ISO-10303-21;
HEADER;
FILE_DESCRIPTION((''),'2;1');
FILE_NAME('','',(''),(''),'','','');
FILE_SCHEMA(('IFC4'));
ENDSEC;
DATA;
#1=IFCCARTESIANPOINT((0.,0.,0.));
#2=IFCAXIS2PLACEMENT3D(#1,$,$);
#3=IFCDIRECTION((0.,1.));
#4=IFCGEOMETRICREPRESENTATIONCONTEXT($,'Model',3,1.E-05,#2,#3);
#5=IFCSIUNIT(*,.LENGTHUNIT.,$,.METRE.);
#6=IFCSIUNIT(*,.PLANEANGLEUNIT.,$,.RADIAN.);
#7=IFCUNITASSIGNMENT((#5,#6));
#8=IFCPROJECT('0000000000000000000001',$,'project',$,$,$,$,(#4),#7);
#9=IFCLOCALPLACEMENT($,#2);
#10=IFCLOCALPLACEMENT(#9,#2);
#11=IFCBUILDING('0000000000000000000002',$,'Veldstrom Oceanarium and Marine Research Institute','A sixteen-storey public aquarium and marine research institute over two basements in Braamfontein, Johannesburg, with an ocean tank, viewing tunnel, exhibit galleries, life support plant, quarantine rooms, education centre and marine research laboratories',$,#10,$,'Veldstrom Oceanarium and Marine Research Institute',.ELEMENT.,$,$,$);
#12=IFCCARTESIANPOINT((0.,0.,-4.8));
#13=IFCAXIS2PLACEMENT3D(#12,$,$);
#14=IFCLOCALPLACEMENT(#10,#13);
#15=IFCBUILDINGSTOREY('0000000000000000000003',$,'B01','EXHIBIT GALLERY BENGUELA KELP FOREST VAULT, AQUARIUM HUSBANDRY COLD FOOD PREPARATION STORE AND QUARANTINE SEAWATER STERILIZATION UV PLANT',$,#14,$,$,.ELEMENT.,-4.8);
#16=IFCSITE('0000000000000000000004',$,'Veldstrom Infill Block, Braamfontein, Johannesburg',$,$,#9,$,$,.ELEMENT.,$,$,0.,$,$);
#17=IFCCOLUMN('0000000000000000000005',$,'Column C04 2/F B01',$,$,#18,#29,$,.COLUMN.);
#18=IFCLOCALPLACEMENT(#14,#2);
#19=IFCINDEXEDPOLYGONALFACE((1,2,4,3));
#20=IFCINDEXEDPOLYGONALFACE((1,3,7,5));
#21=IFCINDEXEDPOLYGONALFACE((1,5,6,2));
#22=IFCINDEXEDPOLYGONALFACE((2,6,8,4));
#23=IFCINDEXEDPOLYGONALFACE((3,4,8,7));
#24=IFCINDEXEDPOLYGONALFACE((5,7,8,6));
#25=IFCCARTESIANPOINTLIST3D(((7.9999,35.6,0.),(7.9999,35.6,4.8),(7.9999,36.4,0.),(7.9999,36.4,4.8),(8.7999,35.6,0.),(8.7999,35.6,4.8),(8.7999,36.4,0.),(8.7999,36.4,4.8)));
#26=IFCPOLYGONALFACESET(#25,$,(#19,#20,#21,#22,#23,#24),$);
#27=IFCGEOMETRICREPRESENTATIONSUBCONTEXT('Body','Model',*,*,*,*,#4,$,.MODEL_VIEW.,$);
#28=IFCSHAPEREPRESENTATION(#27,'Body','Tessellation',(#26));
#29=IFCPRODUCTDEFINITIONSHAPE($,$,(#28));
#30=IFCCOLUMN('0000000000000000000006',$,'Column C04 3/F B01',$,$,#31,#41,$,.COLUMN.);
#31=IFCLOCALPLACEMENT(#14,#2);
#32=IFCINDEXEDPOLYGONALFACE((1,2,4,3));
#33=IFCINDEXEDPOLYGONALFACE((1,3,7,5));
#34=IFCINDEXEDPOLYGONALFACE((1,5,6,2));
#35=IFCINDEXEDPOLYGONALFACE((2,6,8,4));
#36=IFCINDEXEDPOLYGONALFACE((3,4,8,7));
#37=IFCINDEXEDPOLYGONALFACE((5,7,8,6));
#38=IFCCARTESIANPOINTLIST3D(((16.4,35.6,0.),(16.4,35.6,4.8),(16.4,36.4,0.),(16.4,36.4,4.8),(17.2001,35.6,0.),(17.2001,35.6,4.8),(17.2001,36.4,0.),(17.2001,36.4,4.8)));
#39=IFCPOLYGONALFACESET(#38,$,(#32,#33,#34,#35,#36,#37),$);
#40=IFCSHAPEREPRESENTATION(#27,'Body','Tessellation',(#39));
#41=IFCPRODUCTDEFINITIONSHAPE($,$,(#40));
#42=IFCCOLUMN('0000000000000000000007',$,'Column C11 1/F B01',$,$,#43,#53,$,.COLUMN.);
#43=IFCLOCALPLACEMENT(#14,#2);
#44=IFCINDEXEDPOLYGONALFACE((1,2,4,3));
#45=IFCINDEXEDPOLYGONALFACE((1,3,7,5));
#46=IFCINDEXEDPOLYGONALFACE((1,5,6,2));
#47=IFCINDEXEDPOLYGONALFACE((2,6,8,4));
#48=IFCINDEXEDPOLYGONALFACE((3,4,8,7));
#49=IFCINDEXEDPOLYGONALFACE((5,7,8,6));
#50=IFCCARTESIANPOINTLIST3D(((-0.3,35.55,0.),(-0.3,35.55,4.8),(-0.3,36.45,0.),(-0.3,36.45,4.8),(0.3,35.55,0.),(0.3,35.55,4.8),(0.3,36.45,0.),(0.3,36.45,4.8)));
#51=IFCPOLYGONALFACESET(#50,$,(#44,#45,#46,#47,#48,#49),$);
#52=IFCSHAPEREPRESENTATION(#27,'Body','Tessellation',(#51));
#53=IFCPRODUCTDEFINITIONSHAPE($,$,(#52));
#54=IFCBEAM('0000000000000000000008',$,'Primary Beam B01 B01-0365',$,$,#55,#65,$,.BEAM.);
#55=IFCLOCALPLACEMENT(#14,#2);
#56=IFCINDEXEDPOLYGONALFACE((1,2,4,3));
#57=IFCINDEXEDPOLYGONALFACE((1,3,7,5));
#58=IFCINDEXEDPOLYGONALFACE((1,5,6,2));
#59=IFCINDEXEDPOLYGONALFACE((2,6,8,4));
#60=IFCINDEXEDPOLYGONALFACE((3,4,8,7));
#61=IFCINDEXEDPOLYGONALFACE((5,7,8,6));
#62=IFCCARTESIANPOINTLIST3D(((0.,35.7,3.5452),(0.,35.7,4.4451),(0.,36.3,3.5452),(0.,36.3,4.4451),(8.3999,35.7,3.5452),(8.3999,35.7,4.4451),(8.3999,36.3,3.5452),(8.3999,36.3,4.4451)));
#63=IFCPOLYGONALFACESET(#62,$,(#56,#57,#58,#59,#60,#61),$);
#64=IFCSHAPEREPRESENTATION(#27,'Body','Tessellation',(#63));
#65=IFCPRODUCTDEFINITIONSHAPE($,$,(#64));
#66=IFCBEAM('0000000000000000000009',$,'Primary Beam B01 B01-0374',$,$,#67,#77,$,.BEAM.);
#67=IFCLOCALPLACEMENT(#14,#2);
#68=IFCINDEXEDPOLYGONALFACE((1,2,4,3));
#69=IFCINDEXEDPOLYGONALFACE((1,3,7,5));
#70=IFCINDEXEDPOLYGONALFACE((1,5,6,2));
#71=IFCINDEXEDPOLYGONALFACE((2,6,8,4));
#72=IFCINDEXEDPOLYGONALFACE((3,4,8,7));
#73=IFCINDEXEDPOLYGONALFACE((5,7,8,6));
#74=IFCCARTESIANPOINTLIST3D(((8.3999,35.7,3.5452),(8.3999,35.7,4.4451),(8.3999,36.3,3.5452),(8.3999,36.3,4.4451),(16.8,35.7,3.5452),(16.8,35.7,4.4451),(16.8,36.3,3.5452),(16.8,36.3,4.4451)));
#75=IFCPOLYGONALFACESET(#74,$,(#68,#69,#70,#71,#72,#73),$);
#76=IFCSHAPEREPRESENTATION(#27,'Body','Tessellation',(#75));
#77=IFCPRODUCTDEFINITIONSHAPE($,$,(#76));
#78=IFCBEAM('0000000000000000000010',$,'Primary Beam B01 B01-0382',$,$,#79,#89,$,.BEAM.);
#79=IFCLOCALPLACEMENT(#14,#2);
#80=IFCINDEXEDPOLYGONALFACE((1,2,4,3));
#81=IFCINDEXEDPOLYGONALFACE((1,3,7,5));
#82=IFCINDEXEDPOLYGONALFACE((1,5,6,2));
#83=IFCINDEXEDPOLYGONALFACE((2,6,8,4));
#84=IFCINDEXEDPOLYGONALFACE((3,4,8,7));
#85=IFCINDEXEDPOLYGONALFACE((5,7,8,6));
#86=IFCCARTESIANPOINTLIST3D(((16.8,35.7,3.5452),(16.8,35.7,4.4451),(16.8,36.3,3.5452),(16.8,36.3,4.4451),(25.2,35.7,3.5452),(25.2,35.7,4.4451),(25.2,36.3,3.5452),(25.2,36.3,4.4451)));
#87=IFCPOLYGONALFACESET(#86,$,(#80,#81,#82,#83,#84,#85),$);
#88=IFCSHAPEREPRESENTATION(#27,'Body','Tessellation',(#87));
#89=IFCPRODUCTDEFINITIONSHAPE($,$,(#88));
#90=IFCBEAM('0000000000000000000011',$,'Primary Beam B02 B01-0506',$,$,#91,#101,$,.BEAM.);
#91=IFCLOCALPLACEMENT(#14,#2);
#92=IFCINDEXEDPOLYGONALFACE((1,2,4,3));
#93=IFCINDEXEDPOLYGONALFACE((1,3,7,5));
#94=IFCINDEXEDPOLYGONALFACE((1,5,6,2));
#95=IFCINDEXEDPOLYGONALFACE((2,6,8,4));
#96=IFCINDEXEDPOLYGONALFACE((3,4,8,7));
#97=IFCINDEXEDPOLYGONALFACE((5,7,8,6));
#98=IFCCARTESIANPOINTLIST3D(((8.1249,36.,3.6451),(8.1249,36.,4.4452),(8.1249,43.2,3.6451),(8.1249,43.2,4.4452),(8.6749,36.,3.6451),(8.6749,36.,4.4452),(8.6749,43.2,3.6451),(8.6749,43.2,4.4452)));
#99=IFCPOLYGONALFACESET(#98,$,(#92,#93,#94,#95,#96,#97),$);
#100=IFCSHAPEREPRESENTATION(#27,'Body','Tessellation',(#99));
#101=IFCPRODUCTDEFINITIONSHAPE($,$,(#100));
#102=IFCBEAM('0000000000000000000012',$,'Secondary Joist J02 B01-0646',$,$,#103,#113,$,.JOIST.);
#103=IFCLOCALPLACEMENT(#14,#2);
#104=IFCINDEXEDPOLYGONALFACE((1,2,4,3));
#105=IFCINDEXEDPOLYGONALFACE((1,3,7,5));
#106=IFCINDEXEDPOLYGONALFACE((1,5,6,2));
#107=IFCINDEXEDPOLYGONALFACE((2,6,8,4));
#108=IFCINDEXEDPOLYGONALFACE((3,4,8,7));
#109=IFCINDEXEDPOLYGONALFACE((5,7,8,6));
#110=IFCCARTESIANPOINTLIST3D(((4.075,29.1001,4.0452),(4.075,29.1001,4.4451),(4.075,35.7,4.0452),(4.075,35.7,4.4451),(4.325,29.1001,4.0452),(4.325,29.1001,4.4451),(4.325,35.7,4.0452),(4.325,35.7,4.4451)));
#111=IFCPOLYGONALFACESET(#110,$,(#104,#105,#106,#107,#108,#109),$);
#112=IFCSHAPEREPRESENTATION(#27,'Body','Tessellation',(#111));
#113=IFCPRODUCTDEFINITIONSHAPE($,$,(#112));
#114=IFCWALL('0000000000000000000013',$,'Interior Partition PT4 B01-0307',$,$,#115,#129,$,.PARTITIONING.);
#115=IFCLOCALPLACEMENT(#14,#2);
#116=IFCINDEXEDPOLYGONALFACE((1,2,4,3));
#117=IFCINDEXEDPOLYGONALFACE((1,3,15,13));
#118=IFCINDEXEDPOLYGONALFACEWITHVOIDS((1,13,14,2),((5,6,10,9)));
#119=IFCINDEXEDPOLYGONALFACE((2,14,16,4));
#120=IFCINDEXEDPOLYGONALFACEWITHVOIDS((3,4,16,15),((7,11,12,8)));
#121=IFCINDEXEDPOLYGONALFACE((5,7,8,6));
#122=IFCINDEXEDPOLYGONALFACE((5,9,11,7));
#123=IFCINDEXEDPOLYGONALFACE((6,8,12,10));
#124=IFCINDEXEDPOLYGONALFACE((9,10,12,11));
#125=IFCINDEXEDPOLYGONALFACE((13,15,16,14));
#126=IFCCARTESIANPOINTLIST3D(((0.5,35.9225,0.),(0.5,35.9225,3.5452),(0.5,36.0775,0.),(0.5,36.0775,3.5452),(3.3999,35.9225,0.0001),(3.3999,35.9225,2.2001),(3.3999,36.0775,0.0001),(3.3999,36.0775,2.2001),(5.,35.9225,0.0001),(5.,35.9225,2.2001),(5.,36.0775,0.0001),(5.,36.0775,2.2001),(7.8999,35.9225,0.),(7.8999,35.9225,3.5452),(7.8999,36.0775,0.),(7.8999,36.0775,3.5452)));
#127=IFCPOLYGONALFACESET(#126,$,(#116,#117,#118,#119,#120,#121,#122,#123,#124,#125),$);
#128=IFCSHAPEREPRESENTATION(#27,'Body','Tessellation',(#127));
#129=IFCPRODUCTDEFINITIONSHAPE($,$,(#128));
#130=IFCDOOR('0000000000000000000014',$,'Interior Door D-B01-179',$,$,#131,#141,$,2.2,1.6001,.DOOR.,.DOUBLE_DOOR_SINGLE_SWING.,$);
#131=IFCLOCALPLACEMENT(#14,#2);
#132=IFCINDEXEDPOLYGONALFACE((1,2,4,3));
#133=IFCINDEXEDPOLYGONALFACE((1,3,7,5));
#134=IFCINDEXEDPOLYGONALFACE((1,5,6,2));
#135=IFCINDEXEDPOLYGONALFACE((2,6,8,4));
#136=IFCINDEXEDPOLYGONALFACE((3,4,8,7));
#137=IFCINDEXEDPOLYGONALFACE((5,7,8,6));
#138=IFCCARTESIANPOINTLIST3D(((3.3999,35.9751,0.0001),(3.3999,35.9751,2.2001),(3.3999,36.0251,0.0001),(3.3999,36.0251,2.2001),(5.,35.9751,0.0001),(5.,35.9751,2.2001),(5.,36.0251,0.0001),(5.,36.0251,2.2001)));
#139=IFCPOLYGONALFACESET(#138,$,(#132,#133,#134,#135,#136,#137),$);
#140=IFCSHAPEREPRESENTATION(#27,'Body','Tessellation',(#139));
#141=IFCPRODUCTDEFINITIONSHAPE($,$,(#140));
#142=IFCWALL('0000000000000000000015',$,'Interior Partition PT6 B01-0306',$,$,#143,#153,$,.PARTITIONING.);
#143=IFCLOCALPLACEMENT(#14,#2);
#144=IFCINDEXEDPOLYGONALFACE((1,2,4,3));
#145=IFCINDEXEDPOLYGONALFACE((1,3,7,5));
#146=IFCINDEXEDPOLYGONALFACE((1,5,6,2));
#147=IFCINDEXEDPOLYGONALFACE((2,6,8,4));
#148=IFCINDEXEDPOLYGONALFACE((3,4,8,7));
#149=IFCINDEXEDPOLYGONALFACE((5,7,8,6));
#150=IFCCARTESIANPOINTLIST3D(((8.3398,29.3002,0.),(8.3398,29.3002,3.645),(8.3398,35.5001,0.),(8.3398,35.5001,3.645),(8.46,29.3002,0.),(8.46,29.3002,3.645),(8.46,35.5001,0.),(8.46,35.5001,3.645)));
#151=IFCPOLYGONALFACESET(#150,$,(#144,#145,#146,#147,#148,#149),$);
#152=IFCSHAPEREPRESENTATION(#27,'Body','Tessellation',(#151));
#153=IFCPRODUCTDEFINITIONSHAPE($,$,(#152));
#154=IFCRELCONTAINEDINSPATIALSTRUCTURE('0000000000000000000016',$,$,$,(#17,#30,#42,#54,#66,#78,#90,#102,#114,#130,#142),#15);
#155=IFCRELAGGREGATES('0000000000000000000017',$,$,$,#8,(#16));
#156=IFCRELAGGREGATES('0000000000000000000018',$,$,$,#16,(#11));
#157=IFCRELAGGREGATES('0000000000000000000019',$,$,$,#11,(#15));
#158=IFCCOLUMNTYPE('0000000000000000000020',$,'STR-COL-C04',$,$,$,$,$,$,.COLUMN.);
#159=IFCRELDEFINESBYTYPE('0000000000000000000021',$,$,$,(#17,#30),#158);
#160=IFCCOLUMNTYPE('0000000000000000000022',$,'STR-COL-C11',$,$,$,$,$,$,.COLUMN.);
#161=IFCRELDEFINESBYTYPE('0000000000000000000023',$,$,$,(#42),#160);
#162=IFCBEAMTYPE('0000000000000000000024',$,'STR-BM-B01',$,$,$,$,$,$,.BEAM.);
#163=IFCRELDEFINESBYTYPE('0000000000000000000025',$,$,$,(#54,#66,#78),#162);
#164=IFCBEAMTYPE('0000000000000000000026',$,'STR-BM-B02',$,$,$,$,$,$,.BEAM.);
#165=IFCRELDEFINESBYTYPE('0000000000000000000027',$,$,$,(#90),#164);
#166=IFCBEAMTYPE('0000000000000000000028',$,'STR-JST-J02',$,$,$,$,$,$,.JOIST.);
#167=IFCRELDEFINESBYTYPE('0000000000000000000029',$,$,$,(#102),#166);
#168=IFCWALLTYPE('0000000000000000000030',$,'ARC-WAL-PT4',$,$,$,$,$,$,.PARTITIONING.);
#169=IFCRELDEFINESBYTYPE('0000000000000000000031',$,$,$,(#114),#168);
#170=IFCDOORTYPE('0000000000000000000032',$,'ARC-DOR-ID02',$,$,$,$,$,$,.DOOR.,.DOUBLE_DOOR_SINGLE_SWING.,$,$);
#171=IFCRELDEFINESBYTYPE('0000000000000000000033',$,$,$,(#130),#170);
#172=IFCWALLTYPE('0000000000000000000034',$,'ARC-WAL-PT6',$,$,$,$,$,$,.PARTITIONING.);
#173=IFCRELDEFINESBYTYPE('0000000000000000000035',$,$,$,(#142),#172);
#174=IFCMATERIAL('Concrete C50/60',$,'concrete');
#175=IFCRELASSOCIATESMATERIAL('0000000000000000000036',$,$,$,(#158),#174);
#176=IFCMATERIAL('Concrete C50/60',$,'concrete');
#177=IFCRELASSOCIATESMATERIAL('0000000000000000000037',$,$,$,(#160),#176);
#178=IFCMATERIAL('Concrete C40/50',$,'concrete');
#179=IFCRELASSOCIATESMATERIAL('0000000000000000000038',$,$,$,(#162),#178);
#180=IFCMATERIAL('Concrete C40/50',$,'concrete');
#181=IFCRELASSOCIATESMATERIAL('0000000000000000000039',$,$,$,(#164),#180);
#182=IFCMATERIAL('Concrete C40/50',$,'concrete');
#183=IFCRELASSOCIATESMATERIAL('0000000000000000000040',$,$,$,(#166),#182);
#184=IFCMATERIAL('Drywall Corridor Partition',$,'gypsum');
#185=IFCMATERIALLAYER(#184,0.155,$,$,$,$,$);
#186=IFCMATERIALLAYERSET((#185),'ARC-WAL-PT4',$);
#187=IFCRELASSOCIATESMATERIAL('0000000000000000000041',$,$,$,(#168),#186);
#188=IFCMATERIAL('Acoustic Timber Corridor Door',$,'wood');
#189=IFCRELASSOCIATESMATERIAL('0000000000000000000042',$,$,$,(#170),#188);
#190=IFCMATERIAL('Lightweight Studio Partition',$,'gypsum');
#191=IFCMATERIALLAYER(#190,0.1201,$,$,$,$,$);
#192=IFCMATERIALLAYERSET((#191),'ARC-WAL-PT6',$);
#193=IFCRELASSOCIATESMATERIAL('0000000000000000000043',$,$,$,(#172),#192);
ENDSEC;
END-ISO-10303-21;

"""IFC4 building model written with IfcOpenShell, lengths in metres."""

from ifc_helpers import new_model, si_unit, direction, frame, frame_2d, origin, origin_2d, place, context, subcontext, project, spatial, rectangle, extrude, material, layer, layer_set, material_profile, profile_set, type_object, element, fill, save


model = new_model("IFC4")

# Units and contexts
model_context = context("Model", 3, precision=1e-05, world=origin(), true_north=direction((0.0, 1.0)))
body_context = subcontext(model_context, "Body", "Model", "MODEL_VIEW")
ifc_project = project(units=[si_unit("LENGTHUNIT", "METRE"), si_unit("PLANEANGLEUNIT", "RADIAN")], contexts=[model_context])

# Site, building, storey
site_placement = place(None, origin())
site = spatial("IfcSite", under=ifc_project, at=site_placement, Name="Veldstrom Infill Block, Braamfontein, Johannesburg", CompositionType="ELEMENT", RefElevation=0.0)
building_placement = place(site_placement, origin())
building = spatial("IfcBuilding", under=site, at=building_placement, Name="Veldstrom Oceanarium and Marine Research Institute", Description="A sixteen-storey public aquarium and marine research institute over two basements in Braamfontein, Johannesburg, with an ocean tank, viewing tunnel, exhibit galleries, life support plant, quarantine rooms, education centre and marine research laboratories", LongName="Veldstrom Oceanarium and Marine Research Institute", CompositionType="ELEMENT")
storey_placement = place(building_placement, frame((0.0, 0.0, -4.8)))
storey = spatial("IfcBuildingStorey", under=building, at=storey_placement, Name="B01", Description="EXHIBIT GALLERY BENGUELA KELP FOREST VAULT, AQUARIUM HUSBANDRY COLD FOOD PREPARATION STORE AND QUARANTINE SEAWATER STERILIZATION UV PLANT", CompositionType="ELEMENT", Elevation=-4.8)

# Columns
ifc_material_1 = material(Name="Concrete C50/60", Category="concrete")
ifc_material_profile_1 = material_profile(ifc_material_1, rectangle(XDim=0.8, YDim=0.8, at=origin_2d()), Name="RC-COL-800x800")
ifc_profile_set_1 = profile_set([ifc_material_profile_1], Name="Concrete C50/60")
column_type_1 = type_object("IfcColumnType", Name="STR-COL-C04", PredefinedType="COLUMN", material=ifc_profile_set_1)
for number, where, z_axis, x_axis, name in (
    (1, (8.3999, 36.0, 0.0), (0.0, 0.0, 1.0), (1.0, 0.0, 0.0), "Column C04 2/F B01"),
    (2, (16.8, 36.0, 0.0), (0.0, 0.0, 1.0), (1.0, 0.0, 0.0), "Column C04 3/F B01"),
):
    element("IfcColumn", number, at=place(storey_placement, frame(where, z_axis=z_axis, x_axis=x_axis)), inside=storey, type_object=column_type_1, Name=name, PredefinedType="COLUMN", context=body_context, shape_type="SweptSolid", body=[
        extrude(rectangle(XDim=0.8, YDim=0.8, at=origin_2d()), origin(), (0.0, 0.0, 1.0), 4.8),
    ])
ifc_material_2 = material(Name="Concrete C50/60", Category="concrete")
ifc_material_profile_2 = material_profile(ifc_material_2, rectangle(XDim=0.6001, YDim=0.8999, at=origin_2d()), Name="RC-COL-900x600")
ifc_profile_set_2 = profile_set([ifc_material_profile_2], Name="Concrete C50/60")
column_type_2 = type_object("IfcColumnType", Name="STR-COL-C11", PredefinedType="COLUMN", material=ifc_profile_set_2)
column_placement = place(storey_placement, frame((0.0, 36.0, 0.0), z_axis=(0.0, 0.0, 1.0), x_axis=(1.0, 0.0, 0.0)))
element("IfcColumn", 3, at=column_placement, inside=storey, type_object=column_type_2, Name="Column C11 1/F B01", PredefinedType="COLUMN", context=body_context, shape_type="SweptSolid", body=[
    extrude(rectangle(XDim=0.6001, YDim=0.8999, at=origin_2d()), origin(), (0.0, 0.0, 1.0), 4.8),
])

# Beams
ifc_material_3 = material(Name="Concrete C40/50", Category="concrete")
ifc_material_profile_3 = material_profile(ifc_material_3, rectangle(XDim=0.6001, YDim=0.8999, at=origin_2d()), Name="RC-BM-600x900")
ifc_profile_set_3 = profile_set([ifc_material_profile_3], Name="Concrete C40/50")
beam_type_1 = type_object("IfcBeamType", Name="STR-BM-B01", PredefinedType="BEAM", material=ifc_profile_set_3)
beam_1_placement = place(storey_placement, frame((0.0, 36.0, 3.9951), z_axis=(1.0, 0.0, 0.0), x_axis=(0.0, 1.0, 0.0)))
element("IfcBeam", 4, at=beam_1_placement, inside=storey, type_object=beam_type_1, Name="Primary Beam B01 B01-0365", PredefinedType="BEAM", context=body_context, shape_type="SweptSolid", body=[
    extrude(rectangle(XDim=0.6001, YDim=0.8999, at=origin_2d()), origin(), (0.0, 0.0, 1.0), 8.3999),
])
beam_2_placement = place(storey_placement, frame((8.3999, 36.0, 3.9951), z_axis=(1.0, 0.0, 0.0), x_axis=(0.0, 1.0, 0.0)))
element("IfcBeam", 5, at=beam_2_placement, inside=storey, type_object=beam_type_1, Name="Primary Beam B01 B01-0374", PredefinedType="BEAM", context=body_context, shape_type="SweptSolid", body=[
    extrude(rectangle(XDim=0.6001, YDim=0.8999, at=origin_2d()), origin(), (0.0, 0.0, 1.0), 8.4001),
])
beam_3_placement = place(storey_placement, frame((16.8, 36.0, 3.9951), z_axis=(1.0, 0.0, 0.0), x_axis=(0.0, 1.0, 0.0)))
element("IfcBeam", 6, at=beam_3_placement, inside=storey, type_object=beam_type_1, Name="Primary Beam B01 B01-0382", PredefinedType="BEAM", context=body_context, shape_type="SweptSolid", body=[
    extrude(rectangle(XDim=0.6001, YDim=0.8999, at=origin_2d()), origin(), (0.0, 0.0, 1.0), 8.3999),
])
ifc_material_4 = material(Name="Concrete C40/50", Category="concrete")
ifc_material_profile_4 = material_profile(ifc_material_4, rectangle(XDim=0.55, YDim=0.8, at=origin_2d()), Name="RC-BM-550x800")
ifc_profile_set_4 = profile_set([ifc_material_profile_4], Name="Concrete C40/50")
beam_type_2 = type_object("IfcBeamType", Name="STR-BM-B02", PredefinedType="BEAM", material=ifc_profile_set_4)
beam_4_placement = place(storey_placement, frame((8.3999, 36.0, 4.0452), z_axis=(0.0, 1.0, 0.0), x_axis=(-1.0, 0.0, 0.0)))
element("IfcBeam", 7, at=beam_4_placement, inside=storey, type_object=beam_type_2, Name="Primary Beam B02 B01-0506", PredefinedType="BEAM", context=body_context, shape_type="SweptSolid", body=[
    extrude(rectangle(XDim=0.55, YDim=0.8, at=origin_2d()), origin(), (0.0, 0.0, 1.0), 7.2),
])
ifc_material_5 = material(Name="Concrete C40/50", Category="concrete")
ifc_material_profile_5 = material_profile(ifc_material_5, rectangle(XDim=0.25, YDim=0.3999, at=origin_2d()), Name="RC-JST-250x400")
ifc_profile_set_5 = profile_set([ifc_material_profile_5], Name="Concrete C40/50")
beam_type_3 = type_object("IfcBeamType", Name="STR-JST-J02", PredefinedType="JOIST", material=ifc_profile_set_5)
beam_5_placement = place(storey_placement, frame((4.2, 29.1001, 4.2451), z_axis=(0.0, 1.0, 0.0), x_axis=(-1.0, 0.0, 0.0)))
element("IfcBeam", 8, at=beam_5_placement, inside=storey, type_object=beam_type_3, Name="Secondary Joist J02 B01-0646", PredefinedType="JOIST", context=body_context, shape_type="SweptSolid", body=[
    extrude(rectangle(XDim=0.25, YDim=0.3999, at=origin_2d()), origin(), (0.0, 0.0, 1.0), 6.5999),
])

# Wall, opening, door
ifc_material_6 = material(Name="Drywall Corridor Partition", Category="gypsum")
ifc_layer_1 = layer(ifc_material_6, 0.155)
ifc_layer_set_1 = layer_set([ifc_layer_1], Name="ARC-WAL-PT4")
wall_type_1 = type_object("IfcWallType", Name="ARC-WAL-PT4", PredefinedType="PARTITIONING", material=ifc_layer_set_1)
wall_1_placement = place(storey_placement, frame((0.5, 36.0, 0.0), z_axis=(0.0, 0.0, 1.0), x_axis=(1.0, 0.0, 0.0)))
wall_1 = element("IfcWall", 9, at=wall_1_placement, inside=storey, type_object=wall_type_1, Name="Interior Partition PT4 B01-0307", PredefinedType="PARTITIONING", context=body_context, shape_type="SweptSolid", body=[
    extrude(rectangle(XDim=7.3999, YDim=0.155, at=frame_2d((3.7, 0.0))), origin(), (0.0, 0.0, 1.0), 3.5452),
])
opening_1_placement = place(wall_1_placement, frame((2.8999, 0.0, 0.0)))
opening_1 = element("IfcOpeningElement", 10, at=opening_1_placement, cuts=wall_1, PredefinedType="OPENING", context=body_context, shape_type="SweptSolid", body=[
    extrude(rectangle(XDim=1.6001, YDim=2.2, at=frame_2d((0.8, 1.1001))), frame((0.0, 0.0874, 0.0), z_axis=(0.0, -1.0, 0.0), x_axis=(1.0, 0.0, 0.0)), (0.0, 0.0, 1.0), 0.175),
])
ifc_material_7 = material(Name="Acoustic Timber Corridor Door", Category="wood")
door_type_1 = type_object("IfcDoorType", Name="ARC-DOR-ID02", OperationType="DOUBLE_DOOR_SINGLE_SWING", PredefinedType="DOOR", material=ifc_material_7)
door_1_placement = place(opening_1_placement, frame((1.6001, 0.0, 0.0), z_axis=(0.0, 0.0, 1.0), x_axis=(-1.0, 0.0, 0.0)))
door_1 = element("IfcDoor", 11, at=door_1_placement, inside=storey, type_object=door_type_1, Name="Interior Door D-B01-179", OperationType="DOUBLE_DOOR_SINGLE_SWING", OverallHeight=2.2, OverallWidth=1.6001, PredefinedType="DOOR", context=body_context, shape_type="SweptSolid", body=[
    extrude(rectangle(XDim=1.6001, YDim=2.2, at=frame_2d((0.8, 1.1001))), frame((0.0, 0.0249, 0.0), z_axis=(0.0, -1.0, 0.0), x_axis=(1.0, 0.0, 0.0)), (0.0, 0.0, 1.0), 0.05),
])
fill(opening_1, door_1)

# Wall
ifc_material_8 = material(Name="Lightweight Studio Partition", Category="gypsum")
ifc_layer_2 = layer(ifc_material_8, 0.1201)
ifc_layer_set_2 = layer_set([ifc_layer_2], Name="ARC-WAL-PT6")
wall_type_2 = type_object("IfcWallType", Name="ARC-WAL-PT6", PredefinedType="PARTITIONING", material=ifc_layer_set_2)
wall_2_placement = place(storey_placement, frame((8.3999, 29.3, 0.0), z_axis=(0.0, 0.0, 1.0), x_axis=(0.0, 1.0, 0.0)))
element("IfcWall", 12, at=wall_2_placement, inside=storey, type_object=wall_type_2, Name="Interior Partition PT6 B01-0306", PredefinedType="PARTITIONING", context=body_context, shape_type="SweptSolid", body=[
    extrude(rectangle(XDim=6.2, YDim=0.1201, at=frame_2d((3.1001, 0.0))), origin(), (0.0, 0.0, 1.0), 3.645),
])

save(model, "model.ifc")
